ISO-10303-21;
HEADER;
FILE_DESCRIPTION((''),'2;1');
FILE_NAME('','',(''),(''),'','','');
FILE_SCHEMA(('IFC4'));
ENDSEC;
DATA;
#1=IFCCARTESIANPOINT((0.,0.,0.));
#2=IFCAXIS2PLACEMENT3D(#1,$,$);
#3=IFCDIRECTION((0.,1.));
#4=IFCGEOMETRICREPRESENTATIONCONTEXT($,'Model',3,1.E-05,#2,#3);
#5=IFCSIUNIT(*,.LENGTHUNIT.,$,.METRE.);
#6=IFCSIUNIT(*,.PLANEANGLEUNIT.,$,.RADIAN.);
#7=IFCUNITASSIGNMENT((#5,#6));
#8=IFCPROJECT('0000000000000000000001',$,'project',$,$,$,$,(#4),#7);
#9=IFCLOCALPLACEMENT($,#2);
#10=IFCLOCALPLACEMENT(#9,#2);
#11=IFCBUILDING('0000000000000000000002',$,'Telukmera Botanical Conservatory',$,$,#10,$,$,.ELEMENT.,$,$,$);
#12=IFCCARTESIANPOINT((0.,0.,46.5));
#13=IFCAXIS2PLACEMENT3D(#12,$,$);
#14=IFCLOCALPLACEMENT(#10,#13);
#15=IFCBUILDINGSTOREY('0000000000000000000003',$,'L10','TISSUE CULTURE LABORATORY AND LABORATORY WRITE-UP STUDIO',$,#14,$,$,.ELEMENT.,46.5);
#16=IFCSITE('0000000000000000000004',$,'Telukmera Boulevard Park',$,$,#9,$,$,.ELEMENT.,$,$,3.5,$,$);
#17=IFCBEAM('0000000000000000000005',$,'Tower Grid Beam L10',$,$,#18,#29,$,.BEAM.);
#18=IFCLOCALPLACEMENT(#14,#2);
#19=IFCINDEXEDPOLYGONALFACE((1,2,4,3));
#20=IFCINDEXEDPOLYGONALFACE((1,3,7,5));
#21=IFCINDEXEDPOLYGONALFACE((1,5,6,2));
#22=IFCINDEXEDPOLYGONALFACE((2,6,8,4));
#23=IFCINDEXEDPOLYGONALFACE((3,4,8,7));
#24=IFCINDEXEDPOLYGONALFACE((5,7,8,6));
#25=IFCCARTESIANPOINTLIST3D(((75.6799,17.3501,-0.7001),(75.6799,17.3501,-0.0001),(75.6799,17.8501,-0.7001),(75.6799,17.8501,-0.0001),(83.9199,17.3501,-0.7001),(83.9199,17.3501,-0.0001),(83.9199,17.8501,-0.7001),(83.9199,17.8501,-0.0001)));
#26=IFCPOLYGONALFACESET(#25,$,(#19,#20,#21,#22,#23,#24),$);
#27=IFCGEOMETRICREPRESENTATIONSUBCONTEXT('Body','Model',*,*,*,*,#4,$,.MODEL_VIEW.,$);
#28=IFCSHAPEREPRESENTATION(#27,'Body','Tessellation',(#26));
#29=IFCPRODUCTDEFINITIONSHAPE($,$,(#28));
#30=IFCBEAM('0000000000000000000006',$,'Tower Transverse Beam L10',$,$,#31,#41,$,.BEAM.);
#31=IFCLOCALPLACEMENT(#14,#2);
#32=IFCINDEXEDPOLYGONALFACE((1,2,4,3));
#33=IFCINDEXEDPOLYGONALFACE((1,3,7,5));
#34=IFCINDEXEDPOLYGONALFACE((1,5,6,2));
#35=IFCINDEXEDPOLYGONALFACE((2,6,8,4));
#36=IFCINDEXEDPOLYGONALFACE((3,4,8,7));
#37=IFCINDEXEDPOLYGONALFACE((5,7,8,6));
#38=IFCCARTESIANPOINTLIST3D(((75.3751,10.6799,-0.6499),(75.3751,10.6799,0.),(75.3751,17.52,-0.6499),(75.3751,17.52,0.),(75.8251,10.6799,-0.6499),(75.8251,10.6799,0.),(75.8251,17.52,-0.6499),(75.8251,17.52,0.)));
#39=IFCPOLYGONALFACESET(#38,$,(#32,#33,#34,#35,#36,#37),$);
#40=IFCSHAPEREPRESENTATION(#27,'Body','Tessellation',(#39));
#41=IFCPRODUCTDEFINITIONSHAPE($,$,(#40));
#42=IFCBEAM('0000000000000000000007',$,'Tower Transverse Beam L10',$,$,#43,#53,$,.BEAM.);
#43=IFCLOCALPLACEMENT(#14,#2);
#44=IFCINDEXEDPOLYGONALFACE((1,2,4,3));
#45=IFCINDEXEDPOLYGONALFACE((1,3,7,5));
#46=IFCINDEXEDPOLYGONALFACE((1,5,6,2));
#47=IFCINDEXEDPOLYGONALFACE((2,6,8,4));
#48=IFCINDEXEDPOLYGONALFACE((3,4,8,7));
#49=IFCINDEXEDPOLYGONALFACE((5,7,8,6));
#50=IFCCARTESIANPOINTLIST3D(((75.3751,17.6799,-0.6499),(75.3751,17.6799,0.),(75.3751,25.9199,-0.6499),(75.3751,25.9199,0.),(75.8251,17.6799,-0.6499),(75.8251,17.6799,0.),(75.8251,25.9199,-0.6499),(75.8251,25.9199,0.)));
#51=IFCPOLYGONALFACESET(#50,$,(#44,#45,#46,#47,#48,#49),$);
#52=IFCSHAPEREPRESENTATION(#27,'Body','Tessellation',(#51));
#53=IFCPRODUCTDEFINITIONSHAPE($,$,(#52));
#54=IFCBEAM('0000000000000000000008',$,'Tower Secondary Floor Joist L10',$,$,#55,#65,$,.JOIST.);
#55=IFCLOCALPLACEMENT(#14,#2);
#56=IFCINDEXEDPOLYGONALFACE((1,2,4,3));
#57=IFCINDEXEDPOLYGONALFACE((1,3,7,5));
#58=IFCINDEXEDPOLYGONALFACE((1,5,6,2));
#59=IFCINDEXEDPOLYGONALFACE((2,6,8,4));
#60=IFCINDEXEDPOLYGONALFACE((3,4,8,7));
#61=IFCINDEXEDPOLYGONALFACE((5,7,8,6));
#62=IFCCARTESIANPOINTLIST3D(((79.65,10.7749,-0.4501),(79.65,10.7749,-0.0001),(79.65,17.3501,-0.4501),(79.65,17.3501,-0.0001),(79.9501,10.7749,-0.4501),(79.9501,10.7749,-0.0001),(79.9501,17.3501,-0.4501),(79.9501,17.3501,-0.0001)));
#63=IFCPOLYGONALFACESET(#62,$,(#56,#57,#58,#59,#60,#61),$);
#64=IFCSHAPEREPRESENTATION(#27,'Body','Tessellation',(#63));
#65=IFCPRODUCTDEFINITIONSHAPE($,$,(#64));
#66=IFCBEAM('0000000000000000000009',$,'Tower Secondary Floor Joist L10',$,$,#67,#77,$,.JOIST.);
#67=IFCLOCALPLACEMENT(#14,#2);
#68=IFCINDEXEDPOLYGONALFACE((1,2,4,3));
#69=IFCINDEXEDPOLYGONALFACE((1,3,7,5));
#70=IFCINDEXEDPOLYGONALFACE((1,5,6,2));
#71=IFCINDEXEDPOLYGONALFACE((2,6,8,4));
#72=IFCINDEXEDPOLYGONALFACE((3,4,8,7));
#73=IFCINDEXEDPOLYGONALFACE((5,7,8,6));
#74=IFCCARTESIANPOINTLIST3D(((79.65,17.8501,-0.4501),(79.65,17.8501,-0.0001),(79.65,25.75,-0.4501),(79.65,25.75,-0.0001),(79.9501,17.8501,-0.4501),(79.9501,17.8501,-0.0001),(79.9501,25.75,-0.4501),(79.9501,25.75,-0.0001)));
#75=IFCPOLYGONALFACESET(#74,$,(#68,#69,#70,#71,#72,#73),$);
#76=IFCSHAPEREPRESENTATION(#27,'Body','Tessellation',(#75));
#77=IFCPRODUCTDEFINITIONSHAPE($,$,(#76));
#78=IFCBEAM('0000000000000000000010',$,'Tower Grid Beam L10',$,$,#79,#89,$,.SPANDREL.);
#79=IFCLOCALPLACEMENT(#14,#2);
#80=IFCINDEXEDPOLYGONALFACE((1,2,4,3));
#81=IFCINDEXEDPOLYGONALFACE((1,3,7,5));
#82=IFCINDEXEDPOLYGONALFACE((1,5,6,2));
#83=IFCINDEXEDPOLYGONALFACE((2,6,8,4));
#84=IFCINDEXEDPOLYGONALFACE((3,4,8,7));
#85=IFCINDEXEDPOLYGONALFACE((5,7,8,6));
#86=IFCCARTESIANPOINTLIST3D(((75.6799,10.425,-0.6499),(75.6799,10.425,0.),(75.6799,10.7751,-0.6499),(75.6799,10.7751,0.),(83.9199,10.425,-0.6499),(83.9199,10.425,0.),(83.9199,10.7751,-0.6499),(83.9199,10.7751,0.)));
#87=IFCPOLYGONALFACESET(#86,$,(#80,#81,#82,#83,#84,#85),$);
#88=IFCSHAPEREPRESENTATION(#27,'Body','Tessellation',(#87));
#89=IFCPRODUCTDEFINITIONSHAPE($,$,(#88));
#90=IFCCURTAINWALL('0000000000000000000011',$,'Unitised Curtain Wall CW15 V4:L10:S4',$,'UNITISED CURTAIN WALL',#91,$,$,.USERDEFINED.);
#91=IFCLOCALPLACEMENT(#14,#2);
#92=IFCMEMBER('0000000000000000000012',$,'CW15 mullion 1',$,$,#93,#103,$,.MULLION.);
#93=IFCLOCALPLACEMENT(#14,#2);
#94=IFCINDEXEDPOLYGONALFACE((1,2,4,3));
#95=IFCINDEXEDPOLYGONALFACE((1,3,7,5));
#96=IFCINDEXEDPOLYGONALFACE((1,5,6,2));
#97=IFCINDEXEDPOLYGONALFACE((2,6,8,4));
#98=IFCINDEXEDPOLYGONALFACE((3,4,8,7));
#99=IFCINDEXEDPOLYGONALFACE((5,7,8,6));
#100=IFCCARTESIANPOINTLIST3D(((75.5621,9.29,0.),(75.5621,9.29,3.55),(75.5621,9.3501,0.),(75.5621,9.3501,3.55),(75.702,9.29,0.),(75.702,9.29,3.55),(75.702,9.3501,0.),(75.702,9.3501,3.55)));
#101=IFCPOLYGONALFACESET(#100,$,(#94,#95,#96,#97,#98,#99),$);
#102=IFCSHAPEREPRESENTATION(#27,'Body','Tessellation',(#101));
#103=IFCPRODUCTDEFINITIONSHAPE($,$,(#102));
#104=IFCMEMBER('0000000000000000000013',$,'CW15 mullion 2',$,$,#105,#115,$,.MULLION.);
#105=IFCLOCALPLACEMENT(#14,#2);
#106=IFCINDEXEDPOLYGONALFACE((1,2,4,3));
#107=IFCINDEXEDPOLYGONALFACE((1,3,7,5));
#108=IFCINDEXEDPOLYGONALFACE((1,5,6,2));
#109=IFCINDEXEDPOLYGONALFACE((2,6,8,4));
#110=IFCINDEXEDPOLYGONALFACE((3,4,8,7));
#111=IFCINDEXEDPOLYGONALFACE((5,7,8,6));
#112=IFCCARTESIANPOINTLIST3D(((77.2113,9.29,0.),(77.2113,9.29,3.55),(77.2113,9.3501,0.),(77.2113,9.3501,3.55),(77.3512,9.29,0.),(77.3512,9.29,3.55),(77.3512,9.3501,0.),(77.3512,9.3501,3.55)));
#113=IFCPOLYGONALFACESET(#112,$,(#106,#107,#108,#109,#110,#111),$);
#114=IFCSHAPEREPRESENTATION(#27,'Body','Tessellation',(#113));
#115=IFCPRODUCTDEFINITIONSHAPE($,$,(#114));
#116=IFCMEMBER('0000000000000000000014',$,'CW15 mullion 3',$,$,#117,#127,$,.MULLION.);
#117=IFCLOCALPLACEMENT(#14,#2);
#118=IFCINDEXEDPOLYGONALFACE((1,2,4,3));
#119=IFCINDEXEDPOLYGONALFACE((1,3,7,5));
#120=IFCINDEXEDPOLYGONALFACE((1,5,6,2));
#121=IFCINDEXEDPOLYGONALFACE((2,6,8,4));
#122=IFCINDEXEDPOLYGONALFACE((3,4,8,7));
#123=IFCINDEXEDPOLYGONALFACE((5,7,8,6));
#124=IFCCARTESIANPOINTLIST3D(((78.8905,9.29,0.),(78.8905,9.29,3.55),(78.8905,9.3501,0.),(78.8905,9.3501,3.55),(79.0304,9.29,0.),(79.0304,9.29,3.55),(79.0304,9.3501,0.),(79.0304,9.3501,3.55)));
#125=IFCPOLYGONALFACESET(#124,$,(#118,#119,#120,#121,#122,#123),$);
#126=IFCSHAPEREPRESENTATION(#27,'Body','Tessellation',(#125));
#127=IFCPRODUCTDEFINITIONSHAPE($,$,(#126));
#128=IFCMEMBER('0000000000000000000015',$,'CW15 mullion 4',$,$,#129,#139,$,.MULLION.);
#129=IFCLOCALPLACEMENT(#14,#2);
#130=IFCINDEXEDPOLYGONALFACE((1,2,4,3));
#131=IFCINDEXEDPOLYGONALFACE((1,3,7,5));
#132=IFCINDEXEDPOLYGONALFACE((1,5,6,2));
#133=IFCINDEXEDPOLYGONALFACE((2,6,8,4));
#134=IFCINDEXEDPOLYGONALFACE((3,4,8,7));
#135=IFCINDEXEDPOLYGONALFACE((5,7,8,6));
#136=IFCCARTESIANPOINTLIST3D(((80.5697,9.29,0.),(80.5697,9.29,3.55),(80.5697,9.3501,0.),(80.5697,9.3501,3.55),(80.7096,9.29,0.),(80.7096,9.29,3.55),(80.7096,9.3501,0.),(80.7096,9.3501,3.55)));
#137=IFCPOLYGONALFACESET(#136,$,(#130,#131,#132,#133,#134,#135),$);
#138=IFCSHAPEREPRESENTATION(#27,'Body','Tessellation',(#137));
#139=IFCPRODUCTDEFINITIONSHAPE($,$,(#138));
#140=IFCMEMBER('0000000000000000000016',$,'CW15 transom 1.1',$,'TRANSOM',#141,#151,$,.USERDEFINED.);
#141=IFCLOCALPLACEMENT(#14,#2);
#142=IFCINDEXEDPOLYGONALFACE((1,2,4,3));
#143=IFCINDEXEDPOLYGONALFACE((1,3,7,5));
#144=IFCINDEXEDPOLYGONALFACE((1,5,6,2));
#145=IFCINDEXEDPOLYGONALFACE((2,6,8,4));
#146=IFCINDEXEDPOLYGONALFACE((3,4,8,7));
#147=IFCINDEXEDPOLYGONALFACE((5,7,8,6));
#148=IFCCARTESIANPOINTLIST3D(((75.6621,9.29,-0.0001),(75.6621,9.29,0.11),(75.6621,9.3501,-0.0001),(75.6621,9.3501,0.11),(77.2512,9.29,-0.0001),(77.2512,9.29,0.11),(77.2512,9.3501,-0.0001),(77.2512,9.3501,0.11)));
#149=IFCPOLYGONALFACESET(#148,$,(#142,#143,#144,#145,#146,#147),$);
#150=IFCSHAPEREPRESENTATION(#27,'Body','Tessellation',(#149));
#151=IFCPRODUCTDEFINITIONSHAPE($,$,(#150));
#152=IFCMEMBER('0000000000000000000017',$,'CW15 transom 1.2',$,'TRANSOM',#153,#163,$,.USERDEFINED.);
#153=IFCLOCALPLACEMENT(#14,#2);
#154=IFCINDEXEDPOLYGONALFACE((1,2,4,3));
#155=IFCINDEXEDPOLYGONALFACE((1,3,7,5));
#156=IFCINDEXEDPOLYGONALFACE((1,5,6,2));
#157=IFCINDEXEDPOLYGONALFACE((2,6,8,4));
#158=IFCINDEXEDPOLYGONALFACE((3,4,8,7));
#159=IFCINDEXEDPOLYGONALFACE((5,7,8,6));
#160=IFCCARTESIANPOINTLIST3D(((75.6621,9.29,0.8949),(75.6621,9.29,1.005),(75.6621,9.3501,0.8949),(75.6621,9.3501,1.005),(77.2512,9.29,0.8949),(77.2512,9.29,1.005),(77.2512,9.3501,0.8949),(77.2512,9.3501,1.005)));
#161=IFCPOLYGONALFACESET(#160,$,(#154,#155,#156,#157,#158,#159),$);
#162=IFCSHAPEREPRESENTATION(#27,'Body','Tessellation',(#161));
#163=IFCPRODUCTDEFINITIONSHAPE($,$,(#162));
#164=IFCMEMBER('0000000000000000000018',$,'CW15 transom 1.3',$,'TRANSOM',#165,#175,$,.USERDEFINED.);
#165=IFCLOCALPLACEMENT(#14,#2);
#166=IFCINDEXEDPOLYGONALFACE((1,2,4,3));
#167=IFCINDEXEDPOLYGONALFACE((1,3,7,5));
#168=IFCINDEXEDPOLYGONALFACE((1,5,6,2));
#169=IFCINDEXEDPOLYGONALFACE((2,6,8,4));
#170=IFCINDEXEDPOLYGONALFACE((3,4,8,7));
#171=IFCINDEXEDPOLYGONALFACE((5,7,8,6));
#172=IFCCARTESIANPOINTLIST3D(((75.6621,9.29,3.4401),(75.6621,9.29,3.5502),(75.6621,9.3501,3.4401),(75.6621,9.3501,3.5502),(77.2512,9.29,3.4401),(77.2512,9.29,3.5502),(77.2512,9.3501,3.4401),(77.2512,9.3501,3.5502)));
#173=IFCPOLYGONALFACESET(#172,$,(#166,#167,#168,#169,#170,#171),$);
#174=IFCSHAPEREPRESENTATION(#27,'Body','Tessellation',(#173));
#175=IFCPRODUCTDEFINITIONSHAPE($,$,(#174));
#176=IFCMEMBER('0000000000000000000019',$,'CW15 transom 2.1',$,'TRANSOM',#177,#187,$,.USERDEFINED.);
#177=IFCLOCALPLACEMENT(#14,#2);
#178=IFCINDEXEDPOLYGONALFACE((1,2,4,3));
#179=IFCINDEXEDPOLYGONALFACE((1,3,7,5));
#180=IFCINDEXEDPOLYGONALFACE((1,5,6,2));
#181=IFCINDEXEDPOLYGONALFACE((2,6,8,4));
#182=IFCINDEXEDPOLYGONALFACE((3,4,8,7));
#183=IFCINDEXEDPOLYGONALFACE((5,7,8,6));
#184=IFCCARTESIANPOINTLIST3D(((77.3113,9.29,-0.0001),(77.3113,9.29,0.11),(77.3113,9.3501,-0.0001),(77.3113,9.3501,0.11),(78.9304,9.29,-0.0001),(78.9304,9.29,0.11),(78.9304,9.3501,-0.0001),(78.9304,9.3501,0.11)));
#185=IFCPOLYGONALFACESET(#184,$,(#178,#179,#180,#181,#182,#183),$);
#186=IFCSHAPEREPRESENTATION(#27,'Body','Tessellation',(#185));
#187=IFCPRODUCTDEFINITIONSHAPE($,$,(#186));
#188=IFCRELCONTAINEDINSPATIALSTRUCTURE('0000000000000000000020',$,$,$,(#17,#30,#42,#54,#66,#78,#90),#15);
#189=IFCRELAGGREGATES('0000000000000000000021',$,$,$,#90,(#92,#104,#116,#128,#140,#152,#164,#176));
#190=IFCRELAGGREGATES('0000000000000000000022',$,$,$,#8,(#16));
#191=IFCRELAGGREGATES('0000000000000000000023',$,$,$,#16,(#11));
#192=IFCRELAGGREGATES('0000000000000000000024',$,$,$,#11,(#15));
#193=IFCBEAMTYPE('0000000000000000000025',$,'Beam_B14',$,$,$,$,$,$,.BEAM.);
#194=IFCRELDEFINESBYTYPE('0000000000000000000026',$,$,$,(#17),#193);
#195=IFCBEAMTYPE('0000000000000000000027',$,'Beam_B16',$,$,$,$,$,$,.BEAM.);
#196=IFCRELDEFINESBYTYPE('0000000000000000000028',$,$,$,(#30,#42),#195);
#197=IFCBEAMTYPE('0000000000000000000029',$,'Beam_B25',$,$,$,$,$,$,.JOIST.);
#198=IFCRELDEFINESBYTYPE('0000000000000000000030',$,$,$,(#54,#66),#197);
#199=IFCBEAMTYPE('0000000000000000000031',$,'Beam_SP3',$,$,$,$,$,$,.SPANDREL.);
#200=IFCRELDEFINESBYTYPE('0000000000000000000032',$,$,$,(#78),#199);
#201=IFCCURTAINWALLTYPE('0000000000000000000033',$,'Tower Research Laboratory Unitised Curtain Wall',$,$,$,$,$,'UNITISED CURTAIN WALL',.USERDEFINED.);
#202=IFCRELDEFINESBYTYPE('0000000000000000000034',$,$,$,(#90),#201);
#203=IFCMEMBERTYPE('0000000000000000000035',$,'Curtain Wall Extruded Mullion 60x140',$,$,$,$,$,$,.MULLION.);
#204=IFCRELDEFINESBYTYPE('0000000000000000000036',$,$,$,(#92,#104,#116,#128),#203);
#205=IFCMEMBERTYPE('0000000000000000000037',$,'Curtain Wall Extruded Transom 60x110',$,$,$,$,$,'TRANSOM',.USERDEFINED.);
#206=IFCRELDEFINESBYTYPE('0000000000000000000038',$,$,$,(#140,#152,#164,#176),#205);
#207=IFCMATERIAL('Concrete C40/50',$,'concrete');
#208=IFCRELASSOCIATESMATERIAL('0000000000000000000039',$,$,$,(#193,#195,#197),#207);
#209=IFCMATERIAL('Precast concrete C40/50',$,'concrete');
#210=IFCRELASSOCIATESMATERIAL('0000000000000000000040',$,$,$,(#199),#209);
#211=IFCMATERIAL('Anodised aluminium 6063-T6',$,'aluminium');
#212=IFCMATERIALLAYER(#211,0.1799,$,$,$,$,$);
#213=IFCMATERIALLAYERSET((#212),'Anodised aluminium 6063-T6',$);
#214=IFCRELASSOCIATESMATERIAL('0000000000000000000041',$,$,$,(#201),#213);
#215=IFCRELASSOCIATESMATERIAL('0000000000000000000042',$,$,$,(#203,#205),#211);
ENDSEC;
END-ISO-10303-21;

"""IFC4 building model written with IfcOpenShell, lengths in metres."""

from ifc_helpers import new_model, si_unit, direction, frame, origin, origin_2d, place, context, subcontext, project, spatial, rectangle, extrude, material, layer, layer_set, material_profile, profile_set, type_object, element, aggregate, save


model = new_model("IFC4")

# Units and contexts
model_context = context("Model", 3, precision=1e-05, world=origin(), true_north=direction((0.0, 1.0)))
body_context = subcontext(model_context, "Body", "Model", "MODEL_VIEW")
ifc_project = project(units=[si_unit("LENGTHUNIT", "METRE"), si_unit("PLANEANGLEUNIT", "RADIAN")], contexts=[model_context])

# Site, building, storey
site_placement = place(None, origin())
site = spatial("IfcSite", under=ifc_project, at=site_placement, Name="Telukmera Boulevard Park", CompositionType="ELEMENT", RefElevation=3.5)
building_placement = place(site_placement, origin())
building = spatial("IfcBuilding", under=site, at=building_placement, Name="Telukmera Botanical Conservatory", CompositionType="ELEMENT")
storey_placement = place(building_placement, frame((0.0, 0.0, 46.5)))
storey = spatial("IfcBuildingStorey", under=building, at=storey_placement, Name="L10", Description="TISSUE CULTURE LABORATORY AND LABORATORY WRITE-UP STUDIO", CompositionType="ELEMENT", Elevation=46.5)

# Beams
ifc_material_1 = material(Name="Concrete C40/50", Category="concrete")
ifc_material_profile_1 = material_profile(ifc_material_1, rectangle(XDim=0.5, YDim=0.7, at=origin_2d()), Name="RC 500x700")
ifc_profile_set_1 = profile_set([ifc_material_profile_1], Name="Concrete C40/50")
beam_type_1 = type_object("IfcBeamType", Name="Beam_B14", PredefinedType="BEAM", material=ifc_profile_set_1)
beam_1_placement = place(storey_placement, frame((75.6799, 17.6001, -0.3501), z_axis=(1.0, 0.0, 0.0), x_axis=(0.0, 1.0, 0.0)))
element("IfcBeam", 1, at=beam_1_placement, inside=storey, type_object=beam_type_1, Name="Tower Grid Beam L10", PredefinedType="BEAM", context=body_context, shape_type="SweptSolid", body=[
    extrude(rectangle(XDim=0.5, YDim=0.7, at=origin_2d()), origin(), (0.0, 0.0, 1.0), 8.24),
])
ifc_material_profile_2 = material_profile(ifc_material_1, rectangle(XDim=0.45, YDim=0.6499, at=origin_2d()), Name="RC 450x650")
ifc_profile_set_2 = profile_set([ifc_material_profile_2], Name="Concrete C40/50")
beam_type_2 = type_object("IfcBeamType", Name="Beam_B16", PredefinedType="BEAM", material=ifc_profile_set_2)
beam_2_placement = place(storey_placement, frame((75.6001, 10.6799, -0.325), z_axis=(0.0, 1.0, 0.0), x_axis=(-1.0, 0.0, 0.0)))
element("IfcBeam", 2, at=beam_2_placement, inside=storey, type_object=beam_type_2, Name="Tower Transverse Beam L10", PredefinedType="BEAM", context=body_context, shape_type="SweptSolid", body=[
    extrude(rectangle(XDim=0.45, YDim=0.6499, at=origin_2d()), origin(), (0.0, 0.0, 1.0), 6.8401),
])
beam_3_placement = place(storey_placement, frame((75.6001, 17.6799, -0.325), z_axis=(0.0, 1.0, 0.0), x_axis=(-1.0, 0.0, 0.0)))
element("IfcBeam", 3, at=beam_3_placement, inside=storey, type_object=beam_type_2, Name="Tower Transverse Beam L10", PredefinedType="BEAM", context=body_context, shape_type="SweptSolid", body=[
    extrude(rectangle(XDim=0.45, YDim=0.6499, at=origin_2d()), origin(), (0.0, 0.0, 1.0), 8.24),
])
ifc_material_profile_3 = material_profile(ifc_material_1, rectangle(XDim=0.3, YDim=0.45, at=origin_2d()), Name="RC 300x450")
ifc_profile_set_3 = profile_set([ifc_material_profile_3], Name="Concrete C40/50")
beam_type_3 = type_object("IfcBeamType", Name="Beam_B25", PredefinedType="JOIST", material=ifc_profile_set_3)
beam_4_placement = place(storey_placement, frame((79.8, 10.7749, -0.2251), z_axis=(0.0, 1.0, 0.0), x_axis=(-1.0, 0.0, 0.0)))
element("IfcBeam", 4, at=beam_4_placement, inside=storey, type_object=beam_type_3, Name="Tower Secondary Floor Joist L10", PredefinedType="JOIST", context=body_context, shape_type="SweptSolid", body=[
    extrude(rectangle(XDim=0.3, YDim=0.45, at=origin_2d()), origin(), (0.0, 0.0, 1.0), 6.5752),
])
beam_5_placement = place(storey_placement, frame((79.8, 17.8501, -0.2251), z_axis=(0.0, 1.0, 0.0), x_axis=(-1.0, 0.0, 0.0)))
element("IfcBeam", 5, at=beam_5_placement, inside=storey, type_object=beam_type_3, Name="Tower Secondary Floor Joist L10", PredefinedType="JOIST", context=body_context, shape_type="SweptSolid", body=[
    extrude(rectangle(XDim=0.3, YDim=0.45, at=origin_2d()), origin(), (0.0, 0.0, 1.0), 7.8999),
])
ifc_material_2 = material(Name="Precast concrete C40/50", Category="concrete")
ifc_material_profile_4 = material_profile(ifc_material_2, rectangle(XDim=0.3501, YDim=0.6499, at=origin_2d()), Name="PC 350x650")
ifc_profile_set_4 = profile_set([ifc_material_profile_4], Name="Precast concrete C40/50")
beam_type_4 = type_object("IfcBeamType", Name="Beam_SP3", PredefinedType="SPANDREL", material=ifc_profile_set_4)
beam_6_placement = place(storey_placement, frame((75.6799, 10.6001, -0.325), z_axis=(1.0, 0.0, 0.0), x_axis=(0.0, 1.0, 0.0)))
element("IfcBeam", 6, at=beam_6_placement, inside=storey, type_object=beam_type_4, Name="Tower Grid Beam L10", PredefinedType="SPANDREL", context=body_context, shape_type="SweptSolid", body=[
    extrude(rectangle(XDim=0.3501, YDim=0.6499, at=origin_2d()), origin(), (0.0, 0.0, 1.0), 8.24),
])

# Curtain wall, members
ifc_material_3 = material(Name="Anodised aluminium 6063-T6", Category="aluminium")
ifc_layer_1 = layer(ifc_material_3, 0.1799)
ifc_layer_set_1 = layer_set([ifc_layer_1], Name="Anodised aluminium 6063-T6")
curtain_wall_type = type_object("IfcCurtainWallType", Name="Tower Research Laboratory Unitised Curtain Wall", ElementType="UNITISED CURTAIN WALL", PredefinedType="USERDEFINED", material=ifc_layer_set_1)
curtain_wall_placement = place(storey_placement, origin())
curtain_wall = element("IfcCurtainWall", 7, at=curtain_wall_placement, inside=storey, type_object=curtain_wall_type, Name="Unitised Curtain Wall CW15 V4:L10:S4", ObjectType="UNITISED CURTAIN WALL", PredefinedType="USERDEFINED")
ifc_material_profile_5 = material_profile(ifc_material_3, rectangle(XDim=0.0601, YDim=0.1399, at=origin_2d()), Name="ALU MULL 60x140")
ifc_profile_set_5 = profile_set([ifc_material_profile_5], Name="Anodised aluminium 6063-T6")
member_type_1 = type_object("IfcMemberType", Name="Curtain Wall Extruded Mullion 60x140", PredefinedType="MULLION", material=ifc_profile_set_5)
member_1_placement = place(storey_placement, frame((75.6321, 9.3201, 0.0), z_axis=(0.0, 0.0, 1.0), x_axis=(0.0, 1.0, 0.0)))
member_1 = element("IfcMember", 8, at=member_1_placement, type_object=member_type_1, Name="CW15 mullion 1", PredefinedType="MULLION", context=body_context, shape_type="SweptSolid", body=[
    extrude(rectangle(XDim=0.0601, YDim=0.1399, at=origin_2d()), origin(), (0.0, 0.0, 1.0), 3.55),
])
member_2_placement = place(storey_placement, frame((77.2812, 9.3201, 0.0), z_axis=(0.0, 0.0, 1.0), x_axis=(0.0, 1.0, 0.0)))
member_2 = element("IfcMember", 9, at=member_2_placement, type_object=member_type_1, Name="CW15 mullion 2", PredefinedType="MULLION", context=body_context, shape_type="SweptSolid", body=[
    extrude(rectangle(XDim=0.0601, YDim=0.1399, at=origin_2d()), origin(), (0.0, 0.0, 1.0), 3.55),
])
member_3_placement = place(storey_placement, frame((78.9604, 9.3201, 0.0), z_axis=(0.0, 0.0, 1.0), x_axis=(0.0, 1.0, 0.0)))
member_3 = element("IfcMember", 10, at=member_3_placement, type_object=member_type_1, Name="CW15 mullion 3", PredefinedType="MULLION", context=body_context, shape_type="SweptSolid", body=[
    extrude(rectangle(XDim=0.0601, YDim=0.1399, at=origin_2d()), origin(), (0.0, 0.0, 1.0), 3.55),
])
member_4_placement = place(storey_placement, frame((80.6396, 9.3201, 0.0), z_axis=(0.0, 0.0, 1.0), x_axis=(0.0, 1.0, 0.0)))
member_4 = element("IfcMember", 11, at=member_4_placement, type_object=member_type_1, Name="CW15 mullion 4", PredefinedType="MULLION", context=body_context, shape_type="SweptSolid", body=[
    extrude(rectangle(XDim=0.0601, YDim=0.1399, at=origin_2d()), origin(), (0.0, 0.0, 1.0), 3.55),
])
ifc_material_profile_6 = material_profile(ifc_material_3, rectangle(XDim=0.0601, YDim=0.1101, at=origin_2d()), Name="ALU TRAN 60x110")
ifc_profile_set_6 = profile_set([ifc_material_profile_6], Name="Anodised aluminium 6063-T6")
member_type_2 = type_object("IfcMemberType", Name="Curtain Wall Extruded Transom 60x110", ElementType="TRANSOM", PredefinedType="USERDEFINED", material=ifc_profile_set_6)
member_5_placement = place(storey_placement, frame((75.6621, 9.3201, 0.0549), z_axis=(1.0, 0.0, 0.0), x_axis=(0.0, 1.0, 0.0)))
member_5 = element("IfcMember", 12, at=member_5_placement, type_object=member_type_2, Name="CW15 transom 1.1", ObjectType="TRANSOM", PredefinedType="USERDEFINED", context=body_context, shape_type="SweptSolid", body=[
    extrude(rectangle(XDim=0.0601, YDim=0.1101, at=origin_2d()), origin(), (0.0, 0.0, 1.0), 1.5891),
])
member_6_placement = place(storey_placement, frame((75.6621, 9.3201, 0.95), z_axis=(1.0, 0.0, 0.0), x_axis=(0.0, 1.0, 0.0)))
member_6 = element("IfcMember", 13, at=member_6_placement, type_object=member_type_2, Name="CW15 transom 1.2", ObjectType="TRANSOM", PredefinedType="USERDEFINED", context=body_context, shape_type="SweptSolid", body=[
    extrude(rectangle(XDim=0.0601, YDim=0.1101, at=origin_2d()), origin(), (0.0, 0.0, 1.0), 1.5891),
])
member_7_placement = place(storey_placement, frame((75.6621, 9.3201, 3.4951), z_axis=(1.0, 0.0, 0.0), x_axis=(0.0, 1.0, 0.0)))
member_7 = element("IfcMember", 14, at=member_7_placement, type_object=member_type_2, Name="CW15 transom 1.3", ObjectType="TRANSOM", PredefinedType="USERDEFINED", context=body_context, shape_type="SweptSolid", body=[
    extrude(rectangle(XDim=0.0601, YDim=0.1101, at=origin_2d()), origin(), (0.0, 0.0, 1.0), 1.5891),
])
member_8_placement = place(storey_placement, frame((77.3113, 9.3201, 0.0549), z_axis=(1.0, 0.0, 0.0), x_axis=(0.0, 1.0, 0.0)))
member_8 = element("IfcMember", 15, at=member_8_placement, type_object=member_type_2, Name="CW15 transom 2.1", ObjectType="TRANSOM", PredefinedType="USERDEFINED", context=body_context, shape_type="SweptSolid", body=[
    extrude(rectangle(XDim=0.0601, YDim=0.1101, at=origin_2d()), origin(), (0.0, 0.0, 1.0), 1.6191),
])
aggregate(curtain_wall, [member_1, member_2, member_3, member_4, member_5, member_6, member_7, member_8])

save(model, "model.ifc")
